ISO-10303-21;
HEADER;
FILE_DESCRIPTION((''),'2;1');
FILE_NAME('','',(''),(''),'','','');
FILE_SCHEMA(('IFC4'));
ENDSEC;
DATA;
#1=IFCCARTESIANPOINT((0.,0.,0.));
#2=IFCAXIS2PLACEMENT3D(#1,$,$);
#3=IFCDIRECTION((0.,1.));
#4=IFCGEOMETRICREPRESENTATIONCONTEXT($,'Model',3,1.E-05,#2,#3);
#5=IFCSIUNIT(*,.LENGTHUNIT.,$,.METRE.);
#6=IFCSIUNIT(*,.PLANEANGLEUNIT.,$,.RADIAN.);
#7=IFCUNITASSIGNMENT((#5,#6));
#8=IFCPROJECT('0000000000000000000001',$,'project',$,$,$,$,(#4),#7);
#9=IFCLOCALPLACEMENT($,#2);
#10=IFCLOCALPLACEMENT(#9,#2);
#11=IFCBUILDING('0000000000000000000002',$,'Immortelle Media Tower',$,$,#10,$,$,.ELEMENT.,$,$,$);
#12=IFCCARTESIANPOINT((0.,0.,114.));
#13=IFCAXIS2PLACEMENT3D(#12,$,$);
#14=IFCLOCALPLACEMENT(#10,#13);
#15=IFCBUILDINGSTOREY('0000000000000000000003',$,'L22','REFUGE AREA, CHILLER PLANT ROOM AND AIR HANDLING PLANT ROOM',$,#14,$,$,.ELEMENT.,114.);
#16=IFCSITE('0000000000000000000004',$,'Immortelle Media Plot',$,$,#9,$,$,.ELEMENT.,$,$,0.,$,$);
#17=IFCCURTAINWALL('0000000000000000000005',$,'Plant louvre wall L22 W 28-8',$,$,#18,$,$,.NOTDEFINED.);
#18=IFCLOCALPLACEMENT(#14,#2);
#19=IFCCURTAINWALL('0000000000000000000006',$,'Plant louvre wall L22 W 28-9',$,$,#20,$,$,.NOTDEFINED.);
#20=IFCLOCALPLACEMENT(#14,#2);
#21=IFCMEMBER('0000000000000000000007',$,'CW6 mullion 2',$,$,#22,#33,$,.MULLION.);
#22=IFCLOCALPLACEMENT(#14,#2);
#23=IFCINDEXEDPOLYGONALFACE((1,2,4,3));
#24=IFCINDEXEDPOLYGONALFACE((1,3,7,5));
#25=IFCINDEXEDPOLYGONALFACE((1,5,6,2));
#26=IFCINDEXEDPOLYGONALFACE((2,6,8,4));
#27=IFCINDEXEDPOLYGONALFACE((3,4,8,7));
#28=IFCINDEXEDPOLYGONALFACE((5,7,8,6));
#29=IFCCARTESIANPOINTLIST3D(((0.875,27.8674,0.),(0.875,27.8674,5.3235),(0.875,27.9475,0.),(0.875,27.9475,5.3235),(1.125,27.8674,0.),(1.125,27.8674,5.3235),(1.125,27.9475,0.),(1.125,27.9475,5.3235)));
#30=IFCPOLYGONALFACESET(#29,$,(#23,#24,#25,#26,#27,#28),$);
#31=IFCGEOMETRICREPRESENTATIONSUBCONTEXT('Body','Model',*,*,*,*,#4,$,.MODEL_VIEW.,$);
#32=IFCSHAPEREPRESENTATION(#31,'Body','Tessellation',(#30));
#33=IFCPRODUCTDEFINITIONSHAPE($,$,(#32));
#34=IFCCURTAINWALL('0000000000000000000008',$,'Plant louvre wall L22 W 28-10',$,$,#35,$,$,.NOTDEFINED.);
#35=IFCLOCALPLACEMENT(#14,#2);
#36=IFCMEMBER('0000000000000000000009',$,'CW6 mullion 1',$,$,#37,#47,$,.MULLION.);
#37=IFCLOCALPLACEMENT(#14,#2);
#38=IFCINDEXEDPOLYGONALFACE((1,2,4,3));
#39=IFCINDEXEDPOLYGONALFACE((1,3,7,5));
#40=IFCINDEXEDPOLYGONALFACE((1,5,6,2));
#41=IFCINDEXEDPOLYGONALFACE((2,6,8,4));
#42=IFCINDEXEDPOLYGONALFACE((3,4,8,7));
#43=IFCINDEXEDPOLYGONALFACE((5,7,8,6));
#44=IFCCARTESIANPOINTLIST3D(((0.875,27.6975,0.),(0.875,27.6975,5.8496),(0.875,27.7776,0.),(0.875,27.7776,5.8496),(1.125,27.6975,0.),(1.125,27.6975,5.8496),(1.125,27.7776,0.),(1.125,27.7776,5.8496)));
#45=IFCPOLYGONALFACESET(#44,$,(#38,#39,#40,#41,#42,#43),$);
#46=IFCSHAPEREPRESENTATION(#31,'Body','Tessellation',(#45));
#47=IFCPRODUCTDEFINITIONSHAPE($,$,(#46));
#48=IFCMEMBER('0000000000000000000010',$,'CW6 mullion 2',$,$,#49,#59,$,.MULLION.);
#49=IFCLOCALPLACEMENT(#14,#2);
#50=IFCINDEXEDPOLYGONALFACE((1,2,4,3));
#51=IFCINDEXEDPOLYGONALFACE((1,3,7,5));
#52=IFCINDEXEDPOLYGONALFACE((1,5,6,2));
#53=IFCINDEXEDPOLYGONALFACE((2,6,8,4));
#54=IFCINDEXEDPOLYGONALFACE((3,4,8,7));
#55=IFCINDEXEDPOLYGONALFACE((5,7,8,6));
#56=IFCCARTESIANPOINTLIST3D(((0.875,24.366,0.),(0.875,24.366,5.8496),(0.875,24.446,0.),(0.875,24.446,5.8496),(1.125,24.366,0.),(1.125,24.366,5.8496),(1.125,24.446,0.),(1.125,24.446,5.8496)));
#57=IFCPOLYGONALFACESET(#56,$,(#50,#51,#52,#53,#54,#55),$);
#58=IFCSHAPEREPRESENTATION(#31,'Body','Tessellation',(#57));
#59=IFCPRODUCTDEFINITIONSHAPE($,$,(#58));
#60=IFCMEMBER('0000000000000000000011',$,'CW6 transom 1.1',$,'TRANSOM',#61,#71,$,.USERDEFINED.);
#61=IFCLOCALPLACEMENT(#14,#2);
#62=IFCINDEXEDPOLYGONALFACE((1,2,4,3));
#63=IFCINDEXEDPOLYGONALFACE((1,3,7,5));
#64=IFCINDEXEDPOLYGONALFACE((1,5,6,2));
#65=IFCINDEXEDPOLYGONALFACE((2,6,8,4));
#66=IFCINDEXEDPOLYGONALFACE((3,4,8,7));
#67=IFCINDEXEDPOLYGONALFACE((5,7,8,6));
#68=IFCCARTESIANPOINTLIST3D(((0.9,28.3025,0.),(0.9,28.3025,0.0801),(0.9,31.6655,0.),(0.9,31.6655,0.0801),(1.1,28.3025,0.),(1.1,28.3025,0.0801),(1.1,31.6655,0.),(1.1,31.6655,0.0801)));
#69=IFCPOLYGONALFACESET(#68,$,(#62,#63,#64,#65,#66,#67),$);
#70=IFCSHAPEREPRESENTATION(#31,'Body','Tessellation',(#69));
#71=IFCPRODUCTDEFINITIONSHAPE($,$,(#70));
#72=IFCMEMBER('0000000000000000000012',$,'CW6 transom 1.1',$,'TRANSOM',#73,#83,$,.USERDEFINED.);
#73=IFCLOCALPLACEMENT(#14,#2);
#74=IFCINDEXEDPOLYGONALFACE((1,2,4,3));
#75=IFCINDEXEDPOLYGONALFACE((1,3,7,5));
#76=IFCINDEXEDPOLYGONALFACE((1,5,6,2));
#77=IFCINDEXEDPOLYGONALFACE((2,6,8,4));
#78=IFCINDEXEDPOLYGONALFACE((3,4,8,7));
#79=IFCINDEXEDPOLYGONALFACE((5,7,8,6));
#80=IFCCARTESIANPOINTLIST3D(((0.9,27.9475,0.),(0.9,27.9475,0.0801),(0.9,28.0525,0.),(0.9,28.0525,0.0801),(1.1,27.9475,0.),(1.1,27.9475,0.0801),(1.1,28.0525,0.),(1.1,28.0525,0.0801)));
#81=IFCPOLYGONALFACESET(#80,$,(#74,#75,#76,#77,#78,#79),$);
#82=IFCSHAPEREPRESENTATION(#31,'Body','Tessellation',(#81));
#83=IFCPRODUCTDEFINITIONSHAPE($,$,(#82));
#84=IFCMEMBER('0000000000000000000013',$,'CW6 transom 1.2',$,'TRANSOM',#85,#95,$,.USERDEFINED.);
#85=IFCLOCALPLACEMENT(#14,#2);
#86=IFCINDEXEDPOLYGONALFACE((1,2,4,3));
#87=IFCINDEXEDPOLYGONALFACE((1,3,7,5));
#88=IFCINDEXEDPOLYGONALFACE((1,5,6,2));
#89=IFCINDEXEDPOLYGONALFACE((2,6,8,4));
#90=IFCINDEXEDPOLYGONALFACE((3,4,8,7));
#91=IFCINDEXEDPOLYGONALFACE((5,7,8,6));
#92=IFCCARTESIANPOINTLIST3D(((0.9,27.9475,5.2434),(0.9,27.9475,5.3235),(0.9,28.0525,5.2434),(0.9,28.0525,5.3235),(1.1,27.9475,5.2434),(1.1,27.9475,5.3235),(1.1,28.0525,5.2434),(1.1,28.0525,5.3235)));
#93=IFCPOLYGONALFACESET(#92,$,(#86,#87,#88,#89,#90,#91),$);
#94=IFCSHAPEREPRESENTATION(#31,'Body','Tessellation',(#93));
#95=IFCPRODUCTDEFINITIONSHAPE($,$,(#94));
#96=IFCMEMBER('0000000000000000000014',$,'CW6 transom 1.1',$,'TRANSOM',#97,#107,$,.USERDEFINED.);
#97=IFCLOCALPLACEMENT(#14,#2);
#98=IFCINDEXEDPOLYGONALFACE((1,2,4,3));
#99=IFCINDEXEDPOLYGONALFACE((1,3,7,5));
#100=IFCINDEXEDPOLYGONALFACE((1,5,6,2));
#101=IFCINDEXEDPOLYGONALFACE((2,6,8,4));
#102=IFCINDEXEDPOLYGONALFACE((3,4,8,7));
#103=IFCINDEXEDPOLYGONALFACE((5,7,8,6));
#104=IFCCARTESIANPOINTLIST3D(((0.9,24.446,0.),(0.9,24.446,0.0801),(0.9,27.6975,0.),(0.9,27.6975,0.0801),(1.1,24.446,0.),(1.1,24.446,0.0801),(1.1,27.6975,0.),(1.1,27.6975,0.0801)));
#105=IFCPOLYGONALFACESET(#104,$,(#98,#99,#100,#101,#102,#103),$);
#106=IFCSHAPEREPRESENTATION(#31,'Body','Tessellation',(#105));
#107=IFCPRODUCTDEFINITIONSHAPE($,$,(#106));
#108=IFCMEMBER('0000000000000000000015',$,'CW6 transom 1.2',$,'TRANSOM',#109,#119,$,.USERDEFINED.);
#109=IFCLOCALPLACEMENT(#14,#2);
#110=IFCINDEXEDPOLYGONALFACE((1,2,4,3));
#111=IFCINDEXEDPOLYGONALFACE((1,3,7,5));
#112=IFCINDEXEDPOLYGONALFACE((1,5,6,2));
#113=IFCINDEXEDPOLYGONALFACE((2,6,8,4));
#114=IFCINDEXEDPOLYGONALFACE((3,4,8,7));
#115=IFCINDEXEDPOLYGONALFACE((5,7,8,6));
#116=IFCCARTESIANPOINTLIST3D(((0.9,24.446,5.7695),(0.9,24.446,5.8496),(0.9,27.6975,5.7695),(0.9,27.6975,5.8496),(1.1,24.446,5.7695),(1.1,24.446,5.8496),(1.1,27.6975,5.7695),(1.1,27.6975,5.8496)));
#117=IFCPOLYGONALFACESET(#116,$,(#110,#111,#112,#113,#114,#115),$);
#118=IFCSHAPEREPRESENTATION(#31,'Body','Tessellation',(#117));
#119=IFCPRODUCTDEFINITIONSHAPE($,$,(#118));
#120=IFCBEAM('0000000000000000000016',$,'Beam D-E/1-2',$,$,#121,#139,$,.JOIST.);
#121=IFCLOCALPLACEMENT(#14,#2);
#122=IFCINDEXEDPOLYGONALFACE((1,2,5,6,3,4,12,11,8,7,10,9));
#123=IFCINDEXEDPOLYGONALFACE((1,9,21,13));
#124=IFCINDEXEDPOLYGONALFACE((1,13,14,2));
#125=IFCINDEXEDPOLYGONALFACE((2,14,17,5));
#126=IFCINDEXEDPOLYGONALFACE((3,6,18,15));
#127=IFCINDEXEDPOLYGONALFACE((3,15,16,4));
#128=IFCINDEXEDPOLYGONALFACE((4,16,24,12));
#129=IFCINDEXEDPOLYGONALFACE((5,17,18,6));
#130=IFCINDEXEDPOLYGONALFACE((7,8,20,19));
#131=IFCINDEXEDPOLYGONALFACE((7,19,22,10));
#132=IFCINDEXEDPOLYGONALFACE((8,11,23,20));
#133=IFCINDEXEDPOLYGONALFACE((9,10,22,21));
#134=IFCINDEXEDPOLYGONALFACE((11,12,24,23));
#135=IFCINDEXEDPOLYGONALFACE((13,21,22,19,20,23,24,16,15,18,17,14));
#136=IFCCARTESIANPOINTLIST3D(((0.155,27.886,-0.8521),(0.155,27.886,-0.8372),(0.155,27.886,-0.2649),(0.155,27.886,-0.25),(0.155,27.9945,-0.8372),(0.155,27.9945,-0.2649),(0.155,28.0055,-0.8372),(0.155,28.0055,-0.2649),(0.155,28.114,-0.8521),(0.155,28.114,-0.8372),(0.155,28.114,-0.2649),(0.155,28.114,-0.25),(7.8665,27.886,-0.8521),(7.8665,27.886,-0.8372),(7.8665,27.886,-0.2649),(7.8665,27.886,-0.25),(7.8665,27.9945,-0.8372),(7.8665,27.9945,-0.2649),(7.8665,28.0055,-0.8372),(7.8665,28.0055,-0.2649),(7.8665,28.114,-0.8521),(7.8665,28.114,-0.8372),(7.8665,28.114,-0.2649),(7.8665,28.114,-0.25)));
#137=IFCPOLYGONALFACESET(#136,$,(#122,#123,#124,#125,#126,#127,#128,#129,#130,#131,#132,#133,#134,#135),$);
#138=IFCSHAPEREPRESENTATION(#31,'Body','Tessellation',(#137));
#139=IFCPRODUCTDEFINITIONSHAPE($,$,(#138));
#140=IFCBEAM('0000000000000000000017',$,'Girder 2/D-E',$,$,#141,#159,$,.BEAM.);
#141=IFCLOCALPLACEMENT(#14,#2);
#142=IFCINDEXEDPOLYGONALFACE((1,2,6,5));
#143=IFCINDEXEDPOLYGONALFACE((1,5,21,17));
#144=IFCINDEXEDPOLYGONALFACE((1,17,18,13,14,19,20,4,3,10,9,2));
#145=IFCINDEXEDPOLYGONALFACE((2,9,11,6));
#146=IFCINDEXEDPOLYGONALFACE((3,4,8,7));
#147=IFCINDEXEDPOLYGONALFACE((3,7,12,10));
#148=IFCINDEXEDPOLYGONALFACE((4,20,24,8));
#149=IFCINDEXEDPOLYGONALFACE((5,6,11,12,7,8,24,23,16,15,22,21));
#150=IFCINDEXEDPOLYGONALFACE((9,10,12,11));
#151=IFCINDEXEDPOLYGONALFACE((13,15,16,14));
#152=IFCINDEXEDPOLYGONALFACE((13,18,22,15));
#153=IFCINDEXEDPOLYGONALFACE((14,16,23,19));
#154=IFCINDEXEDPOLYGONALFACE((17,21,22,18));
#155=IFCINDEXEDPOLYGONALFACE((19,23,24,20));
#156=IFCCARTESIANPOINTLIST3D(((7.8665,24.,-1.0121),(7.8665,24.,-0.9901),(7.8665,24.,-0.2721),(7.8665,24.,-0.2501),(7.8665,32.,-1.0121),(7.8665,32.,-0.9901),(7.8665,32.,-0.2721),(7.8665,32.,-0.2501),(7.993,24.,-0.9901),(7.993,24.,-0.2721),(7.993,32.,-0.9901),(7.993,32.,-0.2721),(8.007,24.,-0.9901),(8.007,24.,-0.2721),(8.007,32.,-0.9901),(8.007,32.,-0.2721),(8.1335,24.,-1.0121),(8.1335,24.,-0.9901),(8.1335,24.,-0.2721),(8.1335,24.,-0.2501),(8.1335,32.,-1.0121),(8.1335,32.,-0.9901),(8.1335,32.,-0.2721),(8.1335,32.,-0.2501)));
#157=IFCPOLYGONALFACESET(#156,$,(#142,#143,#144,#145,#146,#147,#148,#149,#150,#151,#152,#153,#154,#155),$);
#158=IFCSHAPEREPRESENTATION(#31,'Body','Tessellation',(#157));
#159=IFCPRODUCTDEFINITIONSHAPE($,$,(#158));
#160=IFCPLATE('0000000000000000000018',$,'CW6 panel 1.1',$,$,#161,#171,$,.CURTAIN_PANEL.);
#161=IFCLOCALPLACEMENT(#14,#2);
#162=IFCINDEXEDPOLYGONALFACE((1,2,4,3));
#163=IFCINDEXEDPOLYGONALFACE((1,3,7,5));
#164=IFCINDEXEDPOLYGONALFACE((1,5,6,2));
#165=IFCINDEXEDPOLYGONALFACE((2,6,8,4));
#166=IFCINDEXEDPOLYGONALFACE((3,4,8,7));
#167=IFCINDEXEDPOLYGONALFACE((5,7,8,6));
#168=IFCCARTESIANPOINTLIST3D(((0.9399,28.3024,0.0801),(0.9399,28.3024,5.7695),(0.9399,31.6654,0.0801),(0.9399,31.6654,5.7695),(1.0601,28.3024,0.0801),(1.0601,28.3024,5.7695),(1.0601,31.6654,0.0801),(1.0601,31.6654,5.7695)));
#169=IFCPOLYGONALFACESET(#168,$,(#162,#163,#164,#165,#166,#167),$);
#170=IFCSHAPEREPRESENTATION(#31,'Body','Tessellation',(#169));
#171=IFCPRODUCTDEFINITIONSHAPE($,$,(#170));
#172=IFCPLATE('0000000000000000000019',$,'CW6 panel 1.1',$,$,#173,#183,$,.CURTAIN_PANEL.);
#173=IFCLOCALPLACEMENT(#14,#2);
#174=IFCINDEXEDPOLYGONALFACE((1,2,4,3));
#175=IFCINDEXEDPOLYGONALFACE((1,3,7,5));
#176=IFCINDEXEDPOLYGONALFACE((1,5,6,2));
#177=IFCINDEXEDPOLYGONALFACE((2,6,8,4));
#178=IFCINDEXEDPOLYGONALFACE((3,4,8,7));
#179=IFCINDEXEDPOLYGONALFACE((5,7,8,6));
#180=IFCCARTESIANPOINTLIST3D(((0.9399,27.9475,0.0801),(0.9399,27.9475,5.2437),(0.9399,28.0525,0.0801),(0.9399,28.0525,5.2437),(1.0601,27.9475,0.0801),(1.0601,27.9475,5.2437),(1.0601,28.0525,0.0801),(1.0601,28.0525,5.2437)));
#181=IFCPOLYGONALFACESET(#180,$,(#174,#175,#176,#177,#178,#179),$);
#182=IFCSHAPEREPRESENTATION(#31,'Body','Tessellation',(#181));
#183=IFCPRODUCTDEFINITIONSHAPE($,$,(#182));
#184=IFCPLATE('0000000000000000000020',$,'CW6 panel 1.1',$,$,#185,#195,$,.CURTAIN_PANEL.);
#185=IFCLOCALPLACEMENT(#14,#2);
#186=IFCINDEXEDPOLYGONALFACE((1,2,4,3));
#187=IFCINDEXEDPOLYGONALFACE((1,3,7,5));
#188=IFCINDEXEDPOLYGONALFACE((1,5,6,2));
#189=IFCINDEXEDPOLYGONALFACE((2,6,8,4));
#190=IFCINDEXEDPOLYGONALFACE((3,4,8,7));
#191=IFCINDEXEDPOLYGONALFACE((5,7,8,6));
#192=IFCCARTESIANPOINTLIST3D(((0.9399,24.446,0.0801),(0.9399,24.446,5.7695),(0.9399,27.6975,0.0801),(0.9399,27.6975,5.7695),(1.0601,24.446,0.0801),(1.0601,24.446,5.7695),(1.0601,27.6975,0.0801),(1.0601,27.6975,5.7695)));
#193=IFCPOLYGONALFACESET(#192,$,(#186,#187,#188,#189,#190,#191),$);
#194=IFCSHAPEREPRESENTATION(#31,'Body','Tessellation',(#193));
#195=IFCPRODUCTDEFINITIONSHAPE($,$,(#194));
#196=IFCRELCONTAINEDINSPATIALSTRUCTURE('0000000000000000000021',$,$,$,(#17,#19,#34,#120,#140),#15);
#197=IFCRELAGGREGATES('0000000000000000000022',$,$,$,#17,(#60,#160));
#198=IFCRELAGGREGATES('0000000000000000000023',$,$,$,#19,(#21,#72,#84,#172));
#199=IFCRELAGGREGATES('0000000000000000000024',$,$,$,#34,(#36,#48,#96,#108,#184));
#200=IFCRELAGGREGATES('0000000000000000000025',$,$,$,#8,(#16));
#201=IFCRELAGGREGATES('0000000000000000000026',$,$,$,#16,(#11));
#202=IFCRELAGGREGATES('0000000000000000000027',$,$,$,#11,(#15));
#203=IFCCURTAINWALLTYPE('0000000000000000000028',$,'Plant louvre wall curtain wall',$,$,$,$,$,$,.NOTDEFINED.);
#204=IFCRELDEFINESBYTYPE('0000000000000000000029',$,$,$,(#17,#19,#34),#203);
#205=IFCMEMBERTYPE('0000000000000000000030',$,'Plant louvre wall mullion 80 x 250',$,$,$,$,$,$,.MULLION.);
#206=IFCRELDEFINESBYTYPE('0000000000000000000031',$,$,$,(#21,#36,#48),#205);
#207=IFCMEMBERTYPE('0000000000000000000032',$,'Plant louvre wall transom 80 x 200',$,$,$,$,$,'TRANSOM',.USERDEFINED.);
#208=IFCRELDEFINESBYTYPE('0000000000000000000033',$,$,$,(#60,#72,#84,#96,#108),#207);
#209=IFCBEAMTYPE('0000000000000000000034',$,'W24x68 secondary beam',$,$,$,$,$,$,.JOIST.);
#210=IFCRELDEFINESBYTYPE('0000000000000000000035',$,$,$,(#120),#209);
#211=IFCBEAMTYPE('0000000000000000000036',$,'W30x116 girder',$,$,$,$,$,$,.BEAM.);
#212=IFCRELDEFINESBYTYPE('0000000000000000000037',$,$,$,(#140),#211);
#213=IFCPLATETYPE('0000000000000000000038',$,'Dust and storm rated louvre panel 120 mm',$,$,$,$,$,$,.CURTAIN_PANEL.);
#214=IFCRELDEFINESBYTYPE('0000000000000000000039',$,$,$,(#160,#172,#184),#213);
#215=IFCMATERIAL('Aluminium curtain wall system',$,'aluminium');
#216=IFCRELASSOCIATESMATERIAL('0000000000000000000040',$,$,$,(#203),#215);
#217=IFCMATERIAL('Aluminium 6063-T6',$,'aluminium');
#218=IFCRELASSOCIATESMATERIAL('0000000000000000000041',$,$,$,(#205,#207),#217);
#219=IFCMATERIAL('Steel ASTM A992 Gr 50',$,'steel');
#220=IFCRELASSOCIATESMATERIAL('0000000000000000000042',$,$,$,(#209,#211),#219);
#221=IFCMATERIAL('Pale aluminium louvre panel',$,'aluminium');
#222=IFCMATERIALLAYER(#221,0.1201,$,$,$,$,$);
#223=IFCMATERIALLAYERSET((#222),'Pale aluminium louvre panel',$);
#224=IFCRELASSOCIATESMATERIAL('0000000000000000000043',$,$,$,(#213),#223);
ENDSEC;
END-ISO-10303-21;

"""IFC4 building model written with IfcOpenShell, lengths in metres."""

from ifc_helpers import new_model, si_unit, direction, frame, origin, origin_2d, place, context, subcontext, project, spatial, rectangle, i_section, extrude, material, layer, layer_set, material_profile, profile_set, type_object, element, aggregate, save


model = new_model("IFC4")

# Units and contexts
model_context = context("Model", 3, precision=1e-05, world=origin(), true_north=direction((0.0, 1.0)))
body_context = subcontext(model_context, "Body", "Model", "MODEL_VIEW")
ifc_project = project(units=[si_unit("LENGTHUNIT", "METRE"), si_unit("PLANEANGLEUNIT", "RADIAN")], contexts=[model_context])

# Site, building, storey
site_placement = place(None, origin())
site = spatial("IfcSite", under=ifc_project, at=site_placement, Name="Immortelle Media Plot", CompositionType="ELEMENT", RefElevation=0.0)
building_placement = place(site_placement, origin())
building = spatial("IfcBuilding", under=site, at=building_placement, Name="Immortelle Media Tower", CompositionType="ELEMENT")
storey_placement = place(building_placement, frame((0.0, 0.0, 114.0)))
storey = spatial("IfcBuildingStorey", under=building, at=storey_placement, Name="L22", Description="REFUGE AREA, CHILLER PLANT ROOM AND AIR HANDLING PLANT ROOM", CompositionType="ELEMENT", Elevation=114.0)

# Curtain wall
ifc_material_1 = material(Name="Aluminium curtain wall system", Category="aluminium")
curtain_wall_type = type_object("IfcCurtainWallType", Name="Plant louvre wall curtain wall", PredefinedType="NOTDEFINED", material=ifc_material_1)
curtain_wall_1_placement = place(storey_placement, origin())
curtain_wall_1 = element("IfcCurtainWall", 1, at=curtain_wall_1_placement, inside=storey, type_object=curtain_wall_type, Name="Plant louvre wall L22 W 28-8", PredefinedType="NOTDEFINED")
ifc_material_2 = material(Name="Aluminium 6063-T6", Category="aluminium")
ifc_material_profile_1 = material_profile(ifc_material_2, rectangle(XDim=0.25, YDim=0.0801, at=origin_2d()), Name="AL 80x250")
ifc_profile_set_1 = profile_set([ifc_material_profile_1], Name="Aluminium 6063-T6")
member_type_1 = type_object("IfcMemberType", Name="Plant louvre wall mullion 80 x 250", PredefinedType="MULLION", material=ifc_profile_set_1)

# Curtain walls, members
curtain_wall_2_placement = place(storey_placement, origin())
curtain_wall_2 = element("IfcCurtainWall", 2, at=curtain_wall_2_placement, inside=storey, type_object=curtain_wall_type, Name="Plant louvre wall L22 W 28-9", PredefinedType="NOTDEFINED")
member_1_placement = place(storey_placement, frame((1.0, 27.9075, 0.0), z_axis=(0.0, 0.0, 1.0), x_axis=(1.0, 0.0, 0.0)))
member_1 = element("IfcMember", 3, at=member_1_placement, type_object=member_type_1, Name="CW6 mullion 2", PredefinedType="MULLION", context=body_context, shape_type="SweptSolid", body=[
    extrude(rectangle(XDim=0.25, YDim=0.0801, at=origin_2d()), origin(), (0.0, 0.0, 1.0), 5.3235),
])
curtain_wall_3_placement = place(storey_placement, origin())
curtain_wall_3 = element("IfcCurtainWall", 4, at=curtain_wall_3_placement, inside=storey, type_object=curtain_wall_type, Name="Plant louvre wall L22 W 28-10", PredefinedType="NOTDEFINED")
member_2_placement = place(storey_placement, frame((1.0, 27.7375, 0.0), z_axis=(0.0, 0.0, 1.0), x_axis=(1.0, 0.0, 0.0)))
member_2 = element("IfcMember", 5, at=member_2_placement, type_object=member_type_1, Name="CW6 mullion 1", PredefinedType="MULLION", context=body_context, shape_type="SweptSolid", body=[
    extrude(rectangle(XDim=0.25, YDim=0.0801, at=origin_2d()), origin(), (0.0, 0.0, 1.0), 5.8496),
])
member_3_placement = place(storey_placement, frame((1.0, 24.406, 0.0), z_axis=(0.0, 0.0, 1.0), x_axis=(1.0, 0.0, 0.0)))
member_3 = element("IfcMember", 6, at=member_3_placement, type_object=member_type_1, Name="CW6 mullion 2", PredefinedType="MULLION", context=body_context, shape_type="SweptSolid", body=[
    extrude(rectangle(XDim=0.25, YDim=0.0801, at=origin_2d()), origin(), (0.0, 0.0, 1.0), 5.8496),
])

# Members
ifc_material_profile_2 = material_profile(ifc_material_2, rectangle(XDim=0.2, YDim=0.0801, at=origin_2d()), Name="AL 80x200")
ifc_profile_set_2 = profile_set([ifc_material_profile_2], Name="Aluminium 6063-T6")
member_type_2 = type_object("IfcMemberType", Name="Plant louvre wall transom 80 x 200", ElementType="TRANSOM", PredefinedType="USERDEFINED", material=ifc_profile_set_2)
member_4_placement = place(storey_placement, frame((1.0, 31.6655, 0.04), z_axis=(0.0, -1.0, 0.0), x_axis=(1.0, 0.0, 0.0)))
member_4 = element("IfcMember", 7, at=member_4_placement, type_object=member_type_2, Name="CW6 transom 1.1", ObjectType="TRANSOM", PredefinedType="USERDEFINED", context=body_context, shape_type="SweptSolid", body=[
    extrude(rectangle(XDim=0.2, YDim=0.0801, at=origin_2d()), origin(), (0.0, 0.0, 1.0), 3.363),
])
member_5_placement = place(storey_placement, frame((1.0, 28.0525, 0.04), z_axis=(0.0, -1.0, 0.0), x_axis=(1.0, 0.0, 0.0)))
member_5 = element("IfcMember", 8, at=member_5_placement, type_object=member_type_2, Name="CW6 transom 1.1", ObjectType="TRANSOM", PredefinedType="USERDEFINED", context=body_context, shape_type="SweptSolid", body=[
    extrude(rectangle(XDim=0.2, YDim=0.0801, at=origin_2d()), origin(), (0.0, 0.0, 1.0), 0.105),
])
member_6_placement = place(storey_placement, frame((1.0, 28.0525, 5.2834), z_axis=(0.0, -1.0, 0.0), x_axis=(1.0, 0.0, 0.0)))
member_6 = element("IfcMember", 9, at=member_6_placement, type_object=member_type_2, Name="CW6 transom 1.2", ObjectType="TRANSOM", PredefinedType="USERDEFINED", context=body_context, shape_type="SweptSolid", body=[
    extrude(rectangle(XDim=0.2, YDim=0.0801, at=origin_2d()), origin(), (0.0, 0.0, 1.0), 0.105),
])
member_7_placement = place(storey_placement, frame((1.0, 27.6975, 0.04), z_axis=(0.0, -1.0, 0.0), x_axis=(1.0, 0.0, 0.0)))
member_7 = element("IfcMember", 10, at=member_7_placement, type_object=member_type_2, Name="CW6 transom 1.1", ObjectType="TRANSOM", PredefinedType="USERDEFINED", context=body_context, shape_type="SweptSolid", body=[
    extrude(rectangle(XDim=0.2, YDim=0.0801, at=origin_2d()), origin(), (0.0, 0.0, 1.0), 3.2515),
])
member_8_placement = place(storey_placement, frame((1.0, 27.6975, 5.8096), z_axis=(0.0, -1.0, 0.0), x_axis=(1.0, 0.0, 0.0)))
member_8 = element("IfcMember", 11, at=member_8_placement, type_object=member_type_2, Name="CW6 transom 1.2", ObjectType="TRANSOM", PredefinedType="USERDEFINED", context=body_context, shape_type="SweptSolid", body=[
    extrude(rectangle(XDim=0.2, YDim=0.0801, at=origin_2d()), origin(), (0.0, 0.0, 1.0), 3.2515),
])

# Beams
ifc_material_3 = material(Name="Steel ASTM A992 Gr 50", Category="steel")
ifc_material_profile_3 = material_profile(ifc_material_3, i_section(OverallWidth=0.228, OverallDepth=0.6021, WebThickness=0.011, FlangeThickness=0.0149, at=origin_2d()), Name="W24x68")
ifc_profile_set_3 = profile_set([ifc_material_profile_3], Name="Steel ASTM A992 Gr 50")
beam_type_1 = type_object("IfcBeamType", Name="W24x68 secondary beam", PredefinedType="JOIST", material=ifc_profile_set_3)
beam_1_placement = place(storey_placement, frame((0.155, 28.0, -0.551), z_axis=(1.0, 0.0, 0.0), x_axis=(0.0, 1.0, 0.0)))
element("IfcBeam", 12, at=beam_1_placement, inside=storey, type_object=beam_type_1, Name="Beam D-E/1-2", PredefinedType="JOIST", context=body_context, shape_type="SweptSolid", body=[
    extrude(i_section(OverallWidth=0.228, OverallDepth=0.6021, WebThickness=0.011, FlangeThickness=0.0149, at=origin_2d()), origin(), (0.0, 0.0, 1.0), 7.7114),
])
ifc_material_profile_4 = material_profile(ifc_material_3, i_section(OverallWidth=0.2671, OverallDepth=0.762, WebThickness=0.0139, FlangeThickness=0.022, at=origin_2d()), Name="W30x116")
ifc_profile_set_4 = profile_set([ifc_material_profile_4], Name="Steel ASTM A992 Gr 50")
beam_type_2 = type_object("IfcBeamType", Name="W30x116 girder", PredefinedType="BEAM", material=ifc_profile_set_4)
beam_2_placement = place(storey_placement, frame((8.0, 24.0, -0.6311), z_axis=(0.0, 1.0, 0.0), x_axis=(-1.0, 0.0, 0.0)))
element("IfcBeam", 13, at=beam_2_placement, inside=storey, type_object=beam_type_2, Name="Girder 2/D-E", PredefinedType="BEAM", context=body_context, shape_type="SweptSolid", body=[
    extrude(i_section(OverallWidth=0.2671, OverallDepth=0.762, WebThickness=0.0139, FlangeThickness=0.022, at=origin_2d()), origin(), (0.0, 0.0, 1.0), 8.0),
])

# Plates
ifc_material_4 = material(Name="Pale aluminium louvre panel", Category="aluminium")
ifc_layer_1 = layer(ifc_material_4, 0.1201)
ifc_layer_set_1 = layer_set([ifc_layer_1], Name="Pale aluminium louvre panel")
plate_type = type_object("IfcPlateType", Name="Dust and storm rated louvre panel 120 mm", PredefinedType="CURTAIN_PANEL", material=ifc_layer_set_1)
plate_1_placement = place(storey_placement, frame((1.0, 29.9839, 0.0801), z_axis=(0.0, 0.0, 1.0), x_axis=(0.0, -1.0, 0.0)))
plate_1 = element("IfcPlate", 14, at=plate_1_placement, type_object=plate_type, Name="CW6 panel 1.1", PredefinedType="CURTAIN_PANEL", context=body_context, shape_type="SweptSolid", body=[
    extrude(rectangle(XDim=3.363, YDim=0.1201, at=origin_2d()), origin(), (0.0, 0.0, 1.0), 5.6895),
])
aggregate(curtain_wall_1, [member_4, plate_1])
plate_2_placement = place(storey_placement, frame((1.0, 28.0, 0.0801), z_axis=(0.0, 0.0, 1.0), x_axis=(0.0, -1.0, 0.0)))
plate_2 = element("IfcPlate", 15, at=plate_2_placement, type_object=plate_type, Name="CW6 panel 1.1", PredefinedType="CURTAIN_PANEL", context=body_context, shape_type="SweptSolid", body=[
    extrude(rectangle(XDim=0.105, YDim=0.1201, at=origin_2d()), origin(), (0.0, 0.0, 1.0), 5.1636),
])
aggregate(curtain_wall_2, [member_1, member_5, member_6, plate_2])
plate_3_placement = place(storey_placement, frame((1.0, 26.0718, 0.0801), z_axis=(0.0, 0.0, 1.0), x_axis=(0.0, -1.0, 0.0)))
plate_3 = element("IfcPlate", 16, at=plate_3_placement, type_object=plate_type, Name="CW6 panel 1.1", PredefinedType="CURTAIN_PANEL", context=body_context, shape_type="SweptSolid", body=[
    extrude(rectangle(XDim=3.2515, YDim=0.1201, at=origin_2d()), origin(), (0.0, 0.0, 1.0), 5.6895),
])
aggregate(curtain_wall_3, [member_2, member_3, member_7, member_8, plate_3])

save(model, "model.ifc")
